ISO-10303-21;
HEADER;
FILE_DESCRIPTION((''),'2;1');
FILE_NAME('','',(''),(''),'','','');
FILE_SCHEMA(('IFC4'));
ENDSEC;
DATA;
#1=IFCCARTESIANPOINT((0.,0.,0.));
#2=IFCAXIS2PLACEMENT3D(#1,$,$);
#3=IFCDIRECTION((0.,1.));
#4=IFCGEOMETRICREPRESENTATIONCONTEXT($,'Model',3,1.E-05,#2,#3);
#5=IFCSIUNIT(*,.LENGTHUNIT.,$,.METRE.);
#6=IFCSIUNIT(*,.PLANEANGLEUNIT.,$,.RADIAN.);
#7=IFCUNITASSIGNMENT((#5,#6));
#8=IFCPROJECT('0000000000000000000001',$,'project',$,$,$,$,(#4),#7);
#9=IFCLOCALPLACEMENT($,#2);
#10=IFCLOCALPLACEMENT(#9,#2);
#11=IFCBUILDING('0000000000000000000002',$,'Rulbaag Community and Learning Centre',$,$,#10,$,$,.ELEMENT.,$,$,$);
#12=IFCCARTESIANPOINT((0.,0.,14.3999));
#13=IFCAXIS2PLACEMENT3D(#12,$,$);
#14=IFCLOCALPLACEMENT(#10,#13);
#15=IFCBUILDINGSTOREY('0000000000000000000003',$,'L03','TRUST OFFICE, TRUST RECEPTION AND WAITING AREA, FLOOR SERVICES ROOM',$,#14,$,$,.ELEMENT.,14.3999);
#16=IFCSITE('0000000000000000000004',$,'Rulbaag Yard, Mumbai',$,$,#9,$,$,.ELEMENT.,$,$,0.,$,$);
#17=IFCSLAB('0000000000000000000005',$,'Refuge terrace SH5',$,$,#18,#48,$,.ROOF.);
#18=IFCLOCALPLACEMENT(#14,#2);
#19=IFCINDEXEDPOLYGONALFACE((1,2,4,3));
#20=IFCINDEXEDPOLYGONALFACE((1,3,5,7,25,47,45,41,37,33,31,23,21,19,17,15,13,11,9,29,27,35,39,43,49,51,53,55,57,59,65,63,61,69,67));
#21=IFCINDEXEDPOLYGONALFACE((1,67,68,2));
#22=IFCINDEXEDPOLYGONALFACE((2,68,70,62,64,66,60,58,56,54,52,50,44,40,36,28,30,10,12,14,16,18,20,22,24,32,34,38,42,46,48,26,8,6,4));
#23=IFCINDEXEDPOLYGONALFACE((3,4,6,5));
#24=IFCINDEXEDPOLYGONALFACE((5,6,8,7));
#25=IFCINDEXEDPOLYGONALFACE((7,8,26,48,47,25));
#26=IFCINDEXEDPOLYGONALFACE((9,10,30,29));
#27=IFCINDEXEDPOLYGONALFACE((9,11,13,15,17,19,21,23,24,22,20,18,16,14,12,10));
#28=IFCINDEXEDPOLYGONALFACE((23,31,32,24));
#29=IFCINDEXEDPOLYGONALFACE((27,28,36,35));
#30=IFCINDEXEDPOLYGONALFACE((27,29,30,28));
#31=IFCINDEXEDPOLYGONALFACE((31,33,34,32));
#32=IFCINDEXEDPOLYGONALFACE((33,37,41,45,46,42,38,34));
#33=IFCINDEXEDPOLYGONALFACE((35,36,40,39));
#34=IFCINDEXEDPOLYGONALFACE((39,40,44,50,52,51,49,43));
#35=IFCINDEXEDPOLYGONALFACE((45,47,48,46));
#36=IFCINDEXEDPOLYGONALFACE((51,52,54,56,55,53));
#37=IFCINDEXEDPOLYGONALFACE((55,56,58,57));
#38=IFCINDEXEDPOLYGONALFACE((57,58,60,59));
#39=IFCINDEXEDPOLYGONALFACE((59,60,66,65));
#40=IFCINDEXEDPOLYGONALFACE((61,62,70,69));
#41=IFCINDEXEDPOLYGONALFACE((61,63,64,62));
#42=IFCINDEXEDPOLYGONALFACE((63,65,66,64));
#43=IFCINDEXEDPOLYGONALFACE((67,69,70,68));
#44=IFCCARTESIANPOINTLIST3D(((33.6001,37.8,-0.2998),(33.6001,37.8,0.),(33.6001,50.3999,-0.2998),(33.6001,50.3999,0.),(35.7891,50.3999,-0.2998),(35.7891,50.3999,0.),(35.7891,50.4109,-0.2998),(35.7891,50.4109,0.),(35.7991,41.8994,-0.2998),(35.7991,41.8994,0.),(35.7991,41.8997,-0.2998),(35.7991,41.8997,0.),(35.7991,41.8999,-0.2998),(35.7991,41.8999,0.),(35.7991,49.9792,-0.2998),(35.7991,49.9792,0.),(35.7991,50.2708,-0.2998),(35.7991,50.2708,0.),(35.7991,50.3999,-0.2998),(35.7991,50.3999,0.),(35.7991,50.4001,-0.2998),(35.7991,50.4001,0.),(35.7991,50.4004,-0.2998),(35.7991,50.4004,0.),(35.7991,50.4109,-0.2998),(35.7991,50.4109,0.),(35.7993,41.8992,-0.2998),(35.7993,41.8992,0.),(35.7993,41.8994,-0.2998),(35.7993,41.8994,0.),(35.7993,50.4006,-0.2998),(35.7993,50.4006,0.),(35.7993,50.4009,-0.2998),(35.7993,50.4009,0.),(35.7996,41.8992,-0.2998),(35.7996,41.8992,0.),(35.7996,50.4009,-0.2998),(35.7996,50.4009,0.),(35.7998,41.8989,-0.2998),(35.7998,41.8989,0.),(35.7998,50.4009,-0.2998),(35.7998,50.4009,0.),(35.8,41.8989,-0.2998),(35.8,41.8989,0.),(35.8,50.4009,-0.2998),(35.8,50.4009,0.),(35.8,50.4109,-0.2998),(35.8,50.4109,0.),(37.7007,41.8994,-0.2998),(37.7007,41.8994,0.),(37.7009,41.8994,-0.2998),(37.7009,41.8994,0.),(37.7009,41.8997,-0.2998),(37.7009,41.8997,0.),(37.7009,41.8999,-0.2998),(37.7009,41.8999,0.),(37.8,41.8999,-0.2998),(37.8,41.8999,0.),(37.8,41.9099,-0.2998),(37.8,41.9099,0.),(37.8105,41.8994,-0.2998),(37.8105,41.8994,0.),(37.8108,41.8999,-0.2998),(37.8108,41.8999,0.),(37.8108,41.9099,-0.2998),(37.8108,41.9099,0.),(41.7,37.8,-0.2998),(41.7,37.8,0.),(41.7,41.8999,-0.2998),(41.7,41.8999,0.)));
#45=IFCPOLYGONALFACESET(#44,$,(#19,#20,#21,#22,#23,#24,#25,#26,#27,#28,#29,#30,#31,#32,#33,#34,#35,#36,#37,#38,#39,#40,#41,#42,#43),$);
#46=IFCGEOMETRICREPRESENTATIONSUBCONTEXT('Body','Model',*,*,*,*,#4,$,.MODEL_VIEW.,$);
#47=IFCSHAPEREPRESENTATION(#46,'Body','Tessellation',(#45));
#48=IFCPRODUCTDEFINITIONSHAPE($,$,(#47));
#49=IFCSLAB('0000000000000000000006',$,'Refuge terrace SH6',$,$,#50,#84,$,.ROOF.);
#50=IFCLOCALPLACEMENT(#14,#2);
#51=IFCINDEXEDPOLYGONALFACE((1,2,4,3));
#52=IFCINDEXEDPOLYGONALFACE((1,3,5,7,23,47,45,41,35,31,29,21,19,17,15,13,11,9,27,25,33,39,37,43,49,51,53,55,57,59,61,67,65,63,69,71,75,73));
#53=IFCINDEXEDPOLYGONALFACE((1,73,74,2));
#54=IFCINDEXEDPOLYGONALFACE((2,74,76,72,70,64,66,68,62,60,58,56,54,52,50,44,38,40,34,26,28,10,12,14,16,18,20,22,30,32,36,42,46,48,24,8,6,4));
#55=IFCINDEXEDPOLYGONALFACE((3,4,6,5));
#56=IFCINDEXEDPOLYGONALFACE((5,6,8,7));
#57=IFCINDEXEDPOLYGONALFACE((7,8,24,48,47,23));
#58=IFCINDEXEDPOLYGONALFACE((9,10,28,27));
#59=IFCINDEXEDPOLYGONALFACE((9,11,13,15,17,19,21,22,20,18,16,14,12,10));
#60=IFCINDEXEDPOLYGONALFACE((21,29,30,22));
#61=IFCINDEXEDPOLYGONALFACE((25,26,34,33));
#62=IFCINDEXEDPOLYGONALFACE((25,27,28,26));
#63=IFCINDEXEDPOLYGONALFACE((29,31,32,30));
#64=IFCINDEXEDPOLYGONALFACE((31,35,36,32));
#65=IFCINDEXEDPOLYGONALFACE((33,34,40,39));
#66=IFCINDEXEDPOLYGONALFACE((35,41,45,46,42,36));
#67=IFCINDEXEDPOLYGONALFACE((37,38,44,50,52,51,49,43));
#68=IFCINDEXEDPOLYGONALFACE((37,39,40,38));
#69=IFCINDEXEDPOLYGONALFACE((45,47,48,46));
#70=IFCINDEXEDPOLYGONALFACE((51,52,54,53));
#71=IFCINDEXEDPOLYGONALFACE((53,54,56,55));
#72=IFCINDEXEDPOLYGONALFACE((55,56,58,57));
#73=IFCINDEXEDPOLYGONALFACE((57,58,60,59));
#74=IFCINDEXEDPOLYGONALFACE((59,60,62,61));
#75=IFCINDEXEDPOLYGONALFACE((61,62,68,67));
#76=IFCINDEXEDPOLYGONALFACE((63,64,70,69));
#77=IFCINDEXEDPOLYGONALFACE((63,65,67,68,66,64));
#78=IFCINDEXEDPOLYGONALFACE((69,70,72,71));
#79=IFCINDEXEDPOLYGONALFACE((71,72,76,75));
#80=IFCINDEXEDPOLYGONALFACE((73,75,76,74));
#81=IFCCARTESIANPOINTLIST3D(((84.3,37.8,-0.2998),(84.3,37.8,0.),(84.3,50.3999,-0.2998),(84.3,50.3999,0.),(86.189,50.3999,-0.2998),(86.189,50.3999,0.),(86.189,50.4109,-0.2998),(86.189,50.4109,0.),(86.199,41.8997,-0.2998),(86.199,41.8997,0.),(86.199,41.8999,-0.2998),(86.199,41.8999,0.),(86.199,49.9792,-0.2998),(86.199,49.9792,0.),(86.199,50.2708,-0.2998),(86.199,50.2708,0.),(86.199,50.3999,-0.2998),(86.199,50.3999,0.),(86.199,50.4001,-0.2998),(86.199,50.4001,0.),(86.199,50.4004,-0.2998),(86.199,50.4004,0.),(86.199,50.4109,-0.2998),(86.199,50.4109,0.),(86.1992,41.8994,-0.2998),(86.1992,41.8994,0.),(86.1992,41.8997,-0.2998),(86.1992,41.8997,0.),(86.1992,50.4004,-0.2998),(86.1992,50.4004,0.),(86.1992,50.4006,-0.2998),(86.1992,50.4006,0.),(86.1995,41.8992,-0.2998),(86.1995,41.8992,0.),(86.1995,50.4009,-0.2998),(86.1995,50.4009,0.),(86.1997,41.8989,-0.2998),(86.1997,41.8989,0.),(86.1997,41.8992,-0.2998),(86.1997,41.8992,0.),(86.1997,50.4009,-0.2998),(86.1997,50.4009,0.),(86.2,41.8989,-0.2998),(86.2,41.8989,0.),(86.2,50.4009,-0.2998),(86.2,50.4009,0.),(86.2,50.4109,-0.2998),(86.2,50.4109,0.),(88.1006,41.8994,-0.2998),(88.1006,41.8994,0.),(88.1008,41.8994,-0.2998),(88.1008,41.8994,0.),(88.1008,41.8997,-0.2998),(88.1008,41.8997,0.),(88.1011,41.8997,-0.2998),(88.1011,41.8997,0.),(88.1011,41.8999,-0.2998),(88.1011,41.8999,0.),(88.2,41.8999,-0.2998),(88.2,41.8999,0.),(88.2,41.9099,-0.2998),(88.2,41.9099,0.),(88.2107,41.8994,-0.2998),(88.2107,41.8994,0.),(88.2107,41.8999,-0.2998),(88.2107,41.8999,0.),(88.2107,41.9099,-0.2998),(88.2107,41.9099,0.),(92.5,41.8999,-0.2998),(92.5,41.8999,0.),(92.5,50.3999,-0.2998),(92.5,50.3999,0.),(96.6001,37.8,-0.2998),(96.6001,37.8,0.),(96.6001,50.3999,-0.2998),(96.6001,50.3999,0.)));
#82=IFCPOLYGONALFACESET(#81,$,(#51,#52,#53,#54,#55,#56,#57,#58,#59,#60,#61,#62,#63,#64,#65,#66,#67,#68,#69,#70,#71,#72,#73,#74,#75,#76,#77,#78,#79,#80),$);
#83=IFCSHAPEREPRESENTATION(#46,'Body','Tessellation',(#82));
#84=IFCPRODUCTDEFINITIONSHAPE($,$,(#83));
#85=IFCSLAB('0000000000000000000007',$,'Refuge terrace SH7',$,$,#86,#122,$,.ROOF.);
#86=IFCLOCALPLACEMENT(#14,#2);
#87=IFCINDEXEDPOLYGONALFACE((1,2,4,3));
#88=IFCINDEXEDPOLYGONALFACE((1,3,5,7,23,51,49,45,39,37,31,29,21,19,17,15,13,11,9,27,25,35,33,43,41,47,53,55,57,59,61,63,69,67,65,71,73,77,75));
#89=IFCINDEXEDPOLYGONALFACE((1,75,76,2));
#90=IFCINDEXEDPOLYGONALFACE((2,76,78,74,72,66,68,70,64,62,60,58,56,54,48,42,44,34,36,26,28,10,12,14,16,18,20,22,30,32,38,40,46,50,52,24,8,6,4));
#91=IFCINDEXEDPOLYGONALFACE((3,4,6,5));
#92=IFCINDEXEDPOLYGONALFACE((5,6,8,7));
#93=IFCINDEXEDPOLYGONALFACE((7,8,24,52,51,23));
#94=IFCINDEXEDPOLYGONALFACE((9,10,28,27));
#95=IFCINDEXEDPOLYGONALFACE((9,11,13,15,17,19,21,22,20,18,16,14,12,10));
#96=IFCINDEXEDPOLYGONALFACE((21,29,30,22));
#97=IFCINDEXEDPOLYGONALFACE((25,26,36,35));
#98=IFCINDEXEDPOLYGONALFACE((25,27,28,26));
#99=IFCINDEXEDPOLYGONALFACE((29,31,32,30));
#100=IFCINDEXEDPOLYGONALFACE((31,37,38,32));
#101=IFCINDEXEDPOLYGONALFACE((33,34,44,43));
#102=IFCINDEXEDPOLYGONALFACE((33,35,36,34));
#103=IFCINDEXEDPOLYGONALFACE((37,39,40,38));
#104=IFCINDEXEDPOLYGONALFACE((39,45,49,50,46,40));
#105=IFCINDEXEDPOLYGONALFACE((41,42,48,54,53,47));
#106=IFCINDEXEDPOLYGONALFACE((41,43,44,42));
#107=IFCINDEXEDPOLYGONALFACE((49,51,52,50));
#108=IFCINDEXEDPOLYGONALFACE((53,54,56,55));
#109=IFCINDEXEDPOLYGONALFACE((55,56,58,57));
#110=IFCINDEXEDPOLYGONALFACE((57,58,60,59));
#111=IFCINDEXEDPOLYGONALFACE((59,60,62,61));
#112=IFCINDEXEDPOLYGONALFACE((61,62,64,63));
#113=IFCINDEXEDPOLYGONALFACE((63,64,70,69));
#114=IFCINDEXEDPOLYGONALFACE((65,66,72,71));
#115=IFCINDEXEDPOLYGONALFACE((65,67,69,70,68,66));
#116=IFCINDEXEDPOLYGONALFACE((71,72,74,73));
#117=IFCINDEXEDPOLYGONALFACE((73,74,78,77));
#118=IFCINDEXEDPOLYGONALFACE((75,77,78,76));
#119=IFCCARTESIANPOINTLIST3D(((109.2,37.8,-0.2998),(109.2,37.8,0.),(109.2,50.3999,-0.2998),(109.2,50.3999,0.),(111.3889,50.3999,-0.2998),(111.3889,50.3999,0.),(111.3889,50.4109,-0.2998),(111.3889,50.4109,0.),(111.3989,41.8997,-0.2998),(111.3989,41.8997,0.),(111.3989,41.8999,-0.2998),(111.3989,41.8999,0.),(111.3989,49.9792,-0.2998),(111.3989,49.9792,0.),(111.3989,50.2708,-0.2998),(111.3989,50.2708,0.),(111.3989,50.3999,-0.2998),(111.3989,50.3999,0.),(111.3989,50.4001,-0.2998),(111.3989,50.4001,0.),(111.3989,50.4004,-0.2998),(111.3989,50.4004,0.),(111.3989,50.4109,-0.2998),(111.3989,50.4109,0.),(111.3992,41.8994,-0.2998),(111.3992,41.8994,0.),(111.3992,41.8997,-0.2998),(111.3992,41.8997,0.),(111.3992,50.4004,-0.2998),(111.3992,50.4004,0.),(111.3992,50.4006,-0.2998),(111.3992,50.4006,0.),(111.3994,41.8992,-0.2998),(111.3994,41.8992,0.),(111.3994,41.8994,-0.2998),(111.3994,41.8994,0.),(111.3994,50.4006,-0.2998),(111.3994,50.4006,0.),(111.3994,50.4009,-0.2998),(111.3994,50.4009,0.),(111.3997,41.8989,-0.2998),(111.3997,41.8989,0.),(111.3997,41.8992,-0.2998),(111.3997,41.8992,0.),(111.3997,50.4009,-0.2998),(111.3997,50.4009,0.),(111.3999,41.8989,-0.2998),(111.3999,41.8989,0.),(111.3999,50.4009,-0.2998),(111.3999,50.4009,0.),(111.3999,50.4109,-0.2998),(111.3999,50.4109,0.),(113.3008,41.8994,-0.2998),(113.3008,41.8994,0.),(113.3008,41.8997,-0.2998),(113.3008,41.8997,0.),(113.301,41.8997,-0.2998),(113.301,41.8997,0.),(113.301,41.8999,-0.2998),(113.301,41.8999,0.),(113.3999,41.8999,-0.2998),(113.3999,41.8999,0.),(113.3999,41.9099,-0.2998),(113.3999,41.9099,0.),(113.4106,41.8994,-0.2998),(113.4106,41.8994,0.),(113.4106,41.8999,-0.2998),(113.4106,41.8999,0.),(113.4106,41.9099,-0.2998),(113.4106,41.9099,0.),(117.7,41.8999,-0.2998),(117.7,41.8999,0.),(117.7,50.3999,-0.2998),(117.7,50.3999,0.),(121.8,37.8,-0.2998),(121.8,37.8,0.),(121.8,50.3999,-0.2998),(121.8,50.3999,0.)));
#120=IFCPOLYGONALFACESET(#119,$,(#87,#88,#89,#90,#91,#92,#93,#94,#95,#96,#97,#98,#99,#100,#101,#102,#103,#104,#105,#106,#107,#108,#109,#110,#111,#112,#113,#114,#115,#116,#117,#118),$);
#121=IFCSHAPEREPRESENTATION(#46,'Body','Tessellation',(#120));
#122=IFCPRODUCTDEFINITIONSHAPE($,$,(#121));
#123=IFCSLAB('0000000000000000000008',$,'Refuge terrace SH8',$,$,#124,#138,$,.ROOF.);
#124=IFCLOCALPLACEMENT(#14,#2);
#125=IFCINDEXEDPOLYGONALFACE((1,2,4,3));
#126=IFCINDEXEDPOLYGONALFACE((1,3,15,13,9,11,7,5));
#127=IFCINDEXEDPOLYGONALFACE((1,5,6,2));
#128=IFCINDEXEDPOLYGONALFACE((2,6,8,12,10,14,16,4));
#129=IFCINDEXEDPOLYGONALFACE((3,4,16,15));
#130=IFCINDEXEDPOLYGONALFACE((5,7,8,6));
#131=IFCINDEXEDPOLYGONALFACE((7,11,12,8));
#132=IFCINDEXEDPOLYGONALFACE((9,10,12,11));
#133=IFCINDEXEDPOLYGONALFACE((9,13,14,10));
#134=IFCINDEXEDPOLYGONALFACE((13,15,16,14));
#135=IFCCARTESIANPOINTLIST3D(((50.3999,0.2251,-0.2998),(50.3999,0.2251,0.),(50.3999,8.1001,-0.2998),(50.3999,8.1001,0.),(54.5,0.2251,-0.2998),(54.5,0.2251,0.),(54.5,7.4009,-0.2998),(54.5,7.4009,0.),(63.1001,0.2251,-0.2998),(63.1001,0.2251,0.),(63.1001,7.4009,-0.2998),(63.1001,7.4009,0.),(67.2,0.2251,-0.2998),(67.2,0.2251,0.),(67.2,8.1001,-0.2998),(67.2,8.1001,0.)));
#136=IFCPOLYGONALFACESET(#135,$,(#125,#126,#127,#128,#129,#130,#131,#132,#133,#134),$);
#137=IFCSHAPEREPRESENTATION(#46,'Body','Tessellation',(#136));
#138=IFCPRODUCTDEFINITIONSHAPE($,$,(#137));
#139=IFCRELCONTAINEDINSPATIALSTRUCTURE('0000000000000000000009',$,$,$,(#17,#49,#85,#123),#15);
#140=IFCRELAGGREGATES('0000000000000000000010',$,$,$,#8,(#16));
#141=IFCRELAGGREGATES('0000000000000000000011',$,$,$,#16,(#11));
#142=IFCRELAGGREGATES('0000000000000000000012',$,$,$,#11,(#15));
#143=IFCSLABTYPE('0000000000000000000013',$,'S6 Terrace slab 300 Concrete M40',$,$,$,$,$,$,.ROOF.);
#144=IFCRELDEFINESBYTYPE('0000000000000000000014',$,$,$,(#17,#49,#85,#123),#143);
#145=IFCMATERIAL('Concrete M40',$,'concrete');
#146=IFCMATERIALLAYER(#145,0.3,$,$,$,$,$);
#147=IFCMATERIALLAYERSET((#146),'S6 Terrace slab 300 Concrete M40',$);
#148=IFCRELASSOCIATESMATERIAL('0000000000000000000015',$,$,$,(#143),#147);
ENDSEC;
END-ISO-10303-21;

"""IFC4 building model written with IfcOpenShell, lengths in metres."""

from ifc_helpers import new_model, si_unit, direction, frame, origin, place, context, subcontext, project, spatial, polyline, outline, extrude, material, layer, layer_set, type_object, element, save


model = new_model("IFC4")

# Units and contexts
model_context = context("Model", 3, precision=1e-05, world=origin(), true_north=direction((0.0, 1.0)))
body_context = subcontext(model_context, "Body", "Model", "MODEL_VIEW")
ifc_project = project(units=[si_unit("LENGTHUNIT", "METRE"), si_unit("PLANEANGLEUNIT", "RADIAN")], contexts=[model_context])

# Site, building, storey
site_placement = place(None, origin())
site = spatial("IfcSite", under=ifc_project, at=site_placement, Name="Rulbaag Yard, Mumbai", CompositionType="ELEMENT", RefElevation=0.0)
building_placement = place(site_placement, origin())
building = spatial("IfcBuilding", under=site, at=building_placement, Name="Rulbaag Community and Learning Centre", CompositionType="ELEMENT")
storey_placement = place(building_placement, frame((0.0, 0.0, 14.3999)))
storey = spatial("IfcBuildingStorey", under=building, at=storey_placement, Name="L03", Description="TRUST OFFICE, TRUST RECEPTION AND WAITING AREA, FLOOR SERVICES ROOM", CompositionType="ELEMENT", Elevation=14.3999)

# Slabs
ifc_material = material(Name="Concrete M40", Category="concrete")
ifc_layer_1 = layer(ifc_material, 0.3)
ifc_layer_set_1 = layer_set([ifc_layer_1], Name="S6 Terrace slab 300 Concrete M40")
slab_type_1 = type_object("IfcSlabType", Name="S6 Terrace slab 300 Concrete M40", PredefinedType="ROOF", material=ifc_layer_set_1)
slab_1_placement = place(storey_placement, frame((0.0, 0.0, -0.2998)))
element("IfcSlab", 1, at=slab_1_placement, inside=storey, type_object=slab_type_1, Name="Refuge terrace SH5", PredefinedType="ROOF", context=body_context, shape_type="SweptSolid", body=[
    extrude(outline(polyline([(37.7007, 41.8994), (37.7009, 41.8994), (37.7009, 41.8997), (37.7009, 41.8997), (37.7009, 41.8999), (37.7009, 41.8999), (37.7009, 41.8999), (37.8, 41.8999), (37.8, 41.9099), (37.8108, 41.9099), (37.8108, 41.8999), (37.8105, 41.8994), (41.7, 41.8999), (41.7, 37.8), (33.6001, 37.8), (33.6001, 50.3999), (35.7891, 50.3999), (35.7891, 50.4109), (35.7991, 50.4109), (35.8, 50.4109), (35.8, 50.4009), (35.7998, 50.4009), (35.7998, 50.4009), (35.7998, 50.4009), (35.7996, 50.4009), (35.7996, 50.4009), (35.7993, 50.4009), (35.7993, 50.4009), (35.7993, 50.4006), (35.7993, 50.4006), (35.7993, 50.4006), (35.7991, 50.4004), (35.7991, 50.4004), (35.7991, 50.4004), (35.7991, 50.4001), (35.7991, 50.4001), (35.7991, 50.3999), (35.7991, 50.2708), (35.7991, 49.9792), (35.7991, 41.8999), (35.7991, 41.8999), (35.7991, 41.8999), (35.7991, 41.8997), (35.7991, 41.8997), (35.7991, 41.8994), (35.7993, 41.8994), (35.7993, 41.8994), (35.7993, 41.8994), (35.7993, 41.8992), (35.7993, 41.8992), (35.7996, 41.8992), (35.7996, 41.8992), (35.7998, 41.8989), (35.7998, 41.8989), (35.7998, 41.8989), (35.8, 41.8989), (37.7007, 41.8994), (37.7007, 41.8994), (37.7007, 41.8994)])), origin(), (0.0, 0.0, 1.0), 0.2998),
])
slab_2_placement = place(storey_placement, frame((0.0, 0.0, -0.2998)))
element("IfcSlab", 2, at=slab_2_placement, inside=storey, type_object=slab_type_1, Name="Refuge terrace SH6", PredefinedType="ROOF", context=body_context, shape_type="SweptSolid", body=[
    extrude(outline(polyline([(88.1008, 41.8994), (88.1008, 41.8994), (88.1008, 41.8997), (88.1011, 41.8997), (88.1011, 41.8999), (88.1011, 41.8999), (88.1011, 41.8999), (88.2, 41.8999), (88.2, 41.9099), (88.2107, 41.9099), (88.2107, 41.8999), (88.2107, 41.8994), (92.5, 41.8999), (92.5, 50.3999), (96.6001, 50.3999), (96.6001, 37.8), (84.3, 37.8), (84.3, 50.3999), (86.189, 50.3999), (86.189, 50.4109), (86.199, 50.4109), (86.2, 50.4109), (86.2, 50.4009), (86.2, 50.4009), (86.1997, 50.4009), (86.1997, 50.4009), (86.1997, 50.4009), (86.1995, 50.4009), (86.1995, 50.4009), (86.1995, 50.4009), (86.1992, 50.4006), (86.1992, 50.4006), (86.1992, 50.4006), (86.1992, 50.4004), (86.1992, 50.4004), (86.199, 50.4004), (86.199, 50.4001), (86.199, 50.4001), (86.199, 50.3999), (86.199, 50.2708), (86.199, 49.9792), (86.199, 41.8999), (86.199, 41.8999), (86.199, 41.8999), (86.199, 41.8997), (86.1992, 41.8997), (86.1992, 41.8994), (86.1992, 41.8994), (86.1992, 41.8994), (86.1992, 41.8994), (86.1995, 41.8992), (86.1995, 41.8992), (86.1995, 41.8992), (86.1997, 41.8992), (86.1997, 41.8989), (86.1997, 41.8989), (86.2, 41.8989), (86.2, 41.8989), (88.1006, 41.8994), (88.1008, 41.8994), (88.1008, 41.8994)])), origin(), (0.0, 0.0, 1.0), 0.2998),
])
slab_3_placement = place(storey_placement, frame((0.0, 0.0, -0.2998)))
element("IfcSlab", 3, at=slab_3_placement, inside=storey, type_object=slab_type_1, Name="Refuge terrace SH7", PredefinedType="ROOF", context=body_context, shape_type="SweptSolid", body=[
    extrude(outline(polyline([(113.3008, 41.8994), (113.3008, 41.8994), (113.3008, 41.8997), (113.301, 41.8997), (113.301, 41.8999), (113.301, 41.8999), (113.301, 41.8999), (113.3999, 41.8999), (113.3999, 41.9099), (113.4106, 41.9099), (113.4106, 41.8999), (113.4106, 41.8994), (117.7, 41.8999), (117.7, 50.3999), (121.8, 50.3999), (121.8, 37.8), (109.2, 37.8), (109.2, 50.3999), (111.3889, 50.3999), (111.3889, 50.4109), (111.3989, 50.4109), (111.3999, 50.4109), (111.3999, 50.4009), (111.3999, 50.4009), (111.3999, 50.4009), (111.3997, 50.4009), (111.3997, 50.4009), (111.3994, 50.4009), (111.3994, 50.4009), (111.3994, 50.4009), (111.3994, 50.4006), (111.3992, 50.4006), (111.3992, 50.4006), (111.3992, 50.4004), (111.3992, 50.4004), (111.3989, 50.4004), (111.3989, 50.4001), (111.3989, 50.4001), (111.3989, 50.3999), (111.3989, 50.2708), (111.3989, 49.9792), (111.3989, 41.8999), (111.3989, 41.8999), (111.3989, 41.8999), (111.3989, 41.8997), (111.3992, 41.8997), (111.3992, 41.8994), (111.3992, 41.8994), (111.3992, 41.8994), (111.3994, 41.8994), (111.3994, 41.8992), (111.3994, 41.8992), (111.3994, 41.8992), (111.3997, 41.8992), (111.3997, 41.8989), (111.3999, 41.8989), (111.3999, 41.8989), (111.3999, 41.8989), (113.3008, 41.8994), (113.3008, 41.8994), (113.3008, 41.8994)])), origin(), (0.0, 0.0, 1.0), 0.2998),
])
slab_4_placement = place(storey_placement, frame((0.0, 0.0, -0.2998)))
element("IfcSlab", 4, at=slab_4_placement, inside=storey, type_object=slab_type_1, Name="Refuge terrace SH8", PredefinedType="ROOF", context=body_context, shape_type="SweptSolid", body=[
    extrude(outline(polyline([(63.1001, 7.4009), (54.5, 7.4009), (54.5, 0.2251), (50.3999, 0.2251), (50.3999, 8.1001), (67.2, 8.1001), (67.2, 0.2251), (63.1001, 0.2251), (63.1001, 7.4009)])), origin(), (0.0, 0.0, 1.0), 0.2998),
])

save(model, "model.ifc")
